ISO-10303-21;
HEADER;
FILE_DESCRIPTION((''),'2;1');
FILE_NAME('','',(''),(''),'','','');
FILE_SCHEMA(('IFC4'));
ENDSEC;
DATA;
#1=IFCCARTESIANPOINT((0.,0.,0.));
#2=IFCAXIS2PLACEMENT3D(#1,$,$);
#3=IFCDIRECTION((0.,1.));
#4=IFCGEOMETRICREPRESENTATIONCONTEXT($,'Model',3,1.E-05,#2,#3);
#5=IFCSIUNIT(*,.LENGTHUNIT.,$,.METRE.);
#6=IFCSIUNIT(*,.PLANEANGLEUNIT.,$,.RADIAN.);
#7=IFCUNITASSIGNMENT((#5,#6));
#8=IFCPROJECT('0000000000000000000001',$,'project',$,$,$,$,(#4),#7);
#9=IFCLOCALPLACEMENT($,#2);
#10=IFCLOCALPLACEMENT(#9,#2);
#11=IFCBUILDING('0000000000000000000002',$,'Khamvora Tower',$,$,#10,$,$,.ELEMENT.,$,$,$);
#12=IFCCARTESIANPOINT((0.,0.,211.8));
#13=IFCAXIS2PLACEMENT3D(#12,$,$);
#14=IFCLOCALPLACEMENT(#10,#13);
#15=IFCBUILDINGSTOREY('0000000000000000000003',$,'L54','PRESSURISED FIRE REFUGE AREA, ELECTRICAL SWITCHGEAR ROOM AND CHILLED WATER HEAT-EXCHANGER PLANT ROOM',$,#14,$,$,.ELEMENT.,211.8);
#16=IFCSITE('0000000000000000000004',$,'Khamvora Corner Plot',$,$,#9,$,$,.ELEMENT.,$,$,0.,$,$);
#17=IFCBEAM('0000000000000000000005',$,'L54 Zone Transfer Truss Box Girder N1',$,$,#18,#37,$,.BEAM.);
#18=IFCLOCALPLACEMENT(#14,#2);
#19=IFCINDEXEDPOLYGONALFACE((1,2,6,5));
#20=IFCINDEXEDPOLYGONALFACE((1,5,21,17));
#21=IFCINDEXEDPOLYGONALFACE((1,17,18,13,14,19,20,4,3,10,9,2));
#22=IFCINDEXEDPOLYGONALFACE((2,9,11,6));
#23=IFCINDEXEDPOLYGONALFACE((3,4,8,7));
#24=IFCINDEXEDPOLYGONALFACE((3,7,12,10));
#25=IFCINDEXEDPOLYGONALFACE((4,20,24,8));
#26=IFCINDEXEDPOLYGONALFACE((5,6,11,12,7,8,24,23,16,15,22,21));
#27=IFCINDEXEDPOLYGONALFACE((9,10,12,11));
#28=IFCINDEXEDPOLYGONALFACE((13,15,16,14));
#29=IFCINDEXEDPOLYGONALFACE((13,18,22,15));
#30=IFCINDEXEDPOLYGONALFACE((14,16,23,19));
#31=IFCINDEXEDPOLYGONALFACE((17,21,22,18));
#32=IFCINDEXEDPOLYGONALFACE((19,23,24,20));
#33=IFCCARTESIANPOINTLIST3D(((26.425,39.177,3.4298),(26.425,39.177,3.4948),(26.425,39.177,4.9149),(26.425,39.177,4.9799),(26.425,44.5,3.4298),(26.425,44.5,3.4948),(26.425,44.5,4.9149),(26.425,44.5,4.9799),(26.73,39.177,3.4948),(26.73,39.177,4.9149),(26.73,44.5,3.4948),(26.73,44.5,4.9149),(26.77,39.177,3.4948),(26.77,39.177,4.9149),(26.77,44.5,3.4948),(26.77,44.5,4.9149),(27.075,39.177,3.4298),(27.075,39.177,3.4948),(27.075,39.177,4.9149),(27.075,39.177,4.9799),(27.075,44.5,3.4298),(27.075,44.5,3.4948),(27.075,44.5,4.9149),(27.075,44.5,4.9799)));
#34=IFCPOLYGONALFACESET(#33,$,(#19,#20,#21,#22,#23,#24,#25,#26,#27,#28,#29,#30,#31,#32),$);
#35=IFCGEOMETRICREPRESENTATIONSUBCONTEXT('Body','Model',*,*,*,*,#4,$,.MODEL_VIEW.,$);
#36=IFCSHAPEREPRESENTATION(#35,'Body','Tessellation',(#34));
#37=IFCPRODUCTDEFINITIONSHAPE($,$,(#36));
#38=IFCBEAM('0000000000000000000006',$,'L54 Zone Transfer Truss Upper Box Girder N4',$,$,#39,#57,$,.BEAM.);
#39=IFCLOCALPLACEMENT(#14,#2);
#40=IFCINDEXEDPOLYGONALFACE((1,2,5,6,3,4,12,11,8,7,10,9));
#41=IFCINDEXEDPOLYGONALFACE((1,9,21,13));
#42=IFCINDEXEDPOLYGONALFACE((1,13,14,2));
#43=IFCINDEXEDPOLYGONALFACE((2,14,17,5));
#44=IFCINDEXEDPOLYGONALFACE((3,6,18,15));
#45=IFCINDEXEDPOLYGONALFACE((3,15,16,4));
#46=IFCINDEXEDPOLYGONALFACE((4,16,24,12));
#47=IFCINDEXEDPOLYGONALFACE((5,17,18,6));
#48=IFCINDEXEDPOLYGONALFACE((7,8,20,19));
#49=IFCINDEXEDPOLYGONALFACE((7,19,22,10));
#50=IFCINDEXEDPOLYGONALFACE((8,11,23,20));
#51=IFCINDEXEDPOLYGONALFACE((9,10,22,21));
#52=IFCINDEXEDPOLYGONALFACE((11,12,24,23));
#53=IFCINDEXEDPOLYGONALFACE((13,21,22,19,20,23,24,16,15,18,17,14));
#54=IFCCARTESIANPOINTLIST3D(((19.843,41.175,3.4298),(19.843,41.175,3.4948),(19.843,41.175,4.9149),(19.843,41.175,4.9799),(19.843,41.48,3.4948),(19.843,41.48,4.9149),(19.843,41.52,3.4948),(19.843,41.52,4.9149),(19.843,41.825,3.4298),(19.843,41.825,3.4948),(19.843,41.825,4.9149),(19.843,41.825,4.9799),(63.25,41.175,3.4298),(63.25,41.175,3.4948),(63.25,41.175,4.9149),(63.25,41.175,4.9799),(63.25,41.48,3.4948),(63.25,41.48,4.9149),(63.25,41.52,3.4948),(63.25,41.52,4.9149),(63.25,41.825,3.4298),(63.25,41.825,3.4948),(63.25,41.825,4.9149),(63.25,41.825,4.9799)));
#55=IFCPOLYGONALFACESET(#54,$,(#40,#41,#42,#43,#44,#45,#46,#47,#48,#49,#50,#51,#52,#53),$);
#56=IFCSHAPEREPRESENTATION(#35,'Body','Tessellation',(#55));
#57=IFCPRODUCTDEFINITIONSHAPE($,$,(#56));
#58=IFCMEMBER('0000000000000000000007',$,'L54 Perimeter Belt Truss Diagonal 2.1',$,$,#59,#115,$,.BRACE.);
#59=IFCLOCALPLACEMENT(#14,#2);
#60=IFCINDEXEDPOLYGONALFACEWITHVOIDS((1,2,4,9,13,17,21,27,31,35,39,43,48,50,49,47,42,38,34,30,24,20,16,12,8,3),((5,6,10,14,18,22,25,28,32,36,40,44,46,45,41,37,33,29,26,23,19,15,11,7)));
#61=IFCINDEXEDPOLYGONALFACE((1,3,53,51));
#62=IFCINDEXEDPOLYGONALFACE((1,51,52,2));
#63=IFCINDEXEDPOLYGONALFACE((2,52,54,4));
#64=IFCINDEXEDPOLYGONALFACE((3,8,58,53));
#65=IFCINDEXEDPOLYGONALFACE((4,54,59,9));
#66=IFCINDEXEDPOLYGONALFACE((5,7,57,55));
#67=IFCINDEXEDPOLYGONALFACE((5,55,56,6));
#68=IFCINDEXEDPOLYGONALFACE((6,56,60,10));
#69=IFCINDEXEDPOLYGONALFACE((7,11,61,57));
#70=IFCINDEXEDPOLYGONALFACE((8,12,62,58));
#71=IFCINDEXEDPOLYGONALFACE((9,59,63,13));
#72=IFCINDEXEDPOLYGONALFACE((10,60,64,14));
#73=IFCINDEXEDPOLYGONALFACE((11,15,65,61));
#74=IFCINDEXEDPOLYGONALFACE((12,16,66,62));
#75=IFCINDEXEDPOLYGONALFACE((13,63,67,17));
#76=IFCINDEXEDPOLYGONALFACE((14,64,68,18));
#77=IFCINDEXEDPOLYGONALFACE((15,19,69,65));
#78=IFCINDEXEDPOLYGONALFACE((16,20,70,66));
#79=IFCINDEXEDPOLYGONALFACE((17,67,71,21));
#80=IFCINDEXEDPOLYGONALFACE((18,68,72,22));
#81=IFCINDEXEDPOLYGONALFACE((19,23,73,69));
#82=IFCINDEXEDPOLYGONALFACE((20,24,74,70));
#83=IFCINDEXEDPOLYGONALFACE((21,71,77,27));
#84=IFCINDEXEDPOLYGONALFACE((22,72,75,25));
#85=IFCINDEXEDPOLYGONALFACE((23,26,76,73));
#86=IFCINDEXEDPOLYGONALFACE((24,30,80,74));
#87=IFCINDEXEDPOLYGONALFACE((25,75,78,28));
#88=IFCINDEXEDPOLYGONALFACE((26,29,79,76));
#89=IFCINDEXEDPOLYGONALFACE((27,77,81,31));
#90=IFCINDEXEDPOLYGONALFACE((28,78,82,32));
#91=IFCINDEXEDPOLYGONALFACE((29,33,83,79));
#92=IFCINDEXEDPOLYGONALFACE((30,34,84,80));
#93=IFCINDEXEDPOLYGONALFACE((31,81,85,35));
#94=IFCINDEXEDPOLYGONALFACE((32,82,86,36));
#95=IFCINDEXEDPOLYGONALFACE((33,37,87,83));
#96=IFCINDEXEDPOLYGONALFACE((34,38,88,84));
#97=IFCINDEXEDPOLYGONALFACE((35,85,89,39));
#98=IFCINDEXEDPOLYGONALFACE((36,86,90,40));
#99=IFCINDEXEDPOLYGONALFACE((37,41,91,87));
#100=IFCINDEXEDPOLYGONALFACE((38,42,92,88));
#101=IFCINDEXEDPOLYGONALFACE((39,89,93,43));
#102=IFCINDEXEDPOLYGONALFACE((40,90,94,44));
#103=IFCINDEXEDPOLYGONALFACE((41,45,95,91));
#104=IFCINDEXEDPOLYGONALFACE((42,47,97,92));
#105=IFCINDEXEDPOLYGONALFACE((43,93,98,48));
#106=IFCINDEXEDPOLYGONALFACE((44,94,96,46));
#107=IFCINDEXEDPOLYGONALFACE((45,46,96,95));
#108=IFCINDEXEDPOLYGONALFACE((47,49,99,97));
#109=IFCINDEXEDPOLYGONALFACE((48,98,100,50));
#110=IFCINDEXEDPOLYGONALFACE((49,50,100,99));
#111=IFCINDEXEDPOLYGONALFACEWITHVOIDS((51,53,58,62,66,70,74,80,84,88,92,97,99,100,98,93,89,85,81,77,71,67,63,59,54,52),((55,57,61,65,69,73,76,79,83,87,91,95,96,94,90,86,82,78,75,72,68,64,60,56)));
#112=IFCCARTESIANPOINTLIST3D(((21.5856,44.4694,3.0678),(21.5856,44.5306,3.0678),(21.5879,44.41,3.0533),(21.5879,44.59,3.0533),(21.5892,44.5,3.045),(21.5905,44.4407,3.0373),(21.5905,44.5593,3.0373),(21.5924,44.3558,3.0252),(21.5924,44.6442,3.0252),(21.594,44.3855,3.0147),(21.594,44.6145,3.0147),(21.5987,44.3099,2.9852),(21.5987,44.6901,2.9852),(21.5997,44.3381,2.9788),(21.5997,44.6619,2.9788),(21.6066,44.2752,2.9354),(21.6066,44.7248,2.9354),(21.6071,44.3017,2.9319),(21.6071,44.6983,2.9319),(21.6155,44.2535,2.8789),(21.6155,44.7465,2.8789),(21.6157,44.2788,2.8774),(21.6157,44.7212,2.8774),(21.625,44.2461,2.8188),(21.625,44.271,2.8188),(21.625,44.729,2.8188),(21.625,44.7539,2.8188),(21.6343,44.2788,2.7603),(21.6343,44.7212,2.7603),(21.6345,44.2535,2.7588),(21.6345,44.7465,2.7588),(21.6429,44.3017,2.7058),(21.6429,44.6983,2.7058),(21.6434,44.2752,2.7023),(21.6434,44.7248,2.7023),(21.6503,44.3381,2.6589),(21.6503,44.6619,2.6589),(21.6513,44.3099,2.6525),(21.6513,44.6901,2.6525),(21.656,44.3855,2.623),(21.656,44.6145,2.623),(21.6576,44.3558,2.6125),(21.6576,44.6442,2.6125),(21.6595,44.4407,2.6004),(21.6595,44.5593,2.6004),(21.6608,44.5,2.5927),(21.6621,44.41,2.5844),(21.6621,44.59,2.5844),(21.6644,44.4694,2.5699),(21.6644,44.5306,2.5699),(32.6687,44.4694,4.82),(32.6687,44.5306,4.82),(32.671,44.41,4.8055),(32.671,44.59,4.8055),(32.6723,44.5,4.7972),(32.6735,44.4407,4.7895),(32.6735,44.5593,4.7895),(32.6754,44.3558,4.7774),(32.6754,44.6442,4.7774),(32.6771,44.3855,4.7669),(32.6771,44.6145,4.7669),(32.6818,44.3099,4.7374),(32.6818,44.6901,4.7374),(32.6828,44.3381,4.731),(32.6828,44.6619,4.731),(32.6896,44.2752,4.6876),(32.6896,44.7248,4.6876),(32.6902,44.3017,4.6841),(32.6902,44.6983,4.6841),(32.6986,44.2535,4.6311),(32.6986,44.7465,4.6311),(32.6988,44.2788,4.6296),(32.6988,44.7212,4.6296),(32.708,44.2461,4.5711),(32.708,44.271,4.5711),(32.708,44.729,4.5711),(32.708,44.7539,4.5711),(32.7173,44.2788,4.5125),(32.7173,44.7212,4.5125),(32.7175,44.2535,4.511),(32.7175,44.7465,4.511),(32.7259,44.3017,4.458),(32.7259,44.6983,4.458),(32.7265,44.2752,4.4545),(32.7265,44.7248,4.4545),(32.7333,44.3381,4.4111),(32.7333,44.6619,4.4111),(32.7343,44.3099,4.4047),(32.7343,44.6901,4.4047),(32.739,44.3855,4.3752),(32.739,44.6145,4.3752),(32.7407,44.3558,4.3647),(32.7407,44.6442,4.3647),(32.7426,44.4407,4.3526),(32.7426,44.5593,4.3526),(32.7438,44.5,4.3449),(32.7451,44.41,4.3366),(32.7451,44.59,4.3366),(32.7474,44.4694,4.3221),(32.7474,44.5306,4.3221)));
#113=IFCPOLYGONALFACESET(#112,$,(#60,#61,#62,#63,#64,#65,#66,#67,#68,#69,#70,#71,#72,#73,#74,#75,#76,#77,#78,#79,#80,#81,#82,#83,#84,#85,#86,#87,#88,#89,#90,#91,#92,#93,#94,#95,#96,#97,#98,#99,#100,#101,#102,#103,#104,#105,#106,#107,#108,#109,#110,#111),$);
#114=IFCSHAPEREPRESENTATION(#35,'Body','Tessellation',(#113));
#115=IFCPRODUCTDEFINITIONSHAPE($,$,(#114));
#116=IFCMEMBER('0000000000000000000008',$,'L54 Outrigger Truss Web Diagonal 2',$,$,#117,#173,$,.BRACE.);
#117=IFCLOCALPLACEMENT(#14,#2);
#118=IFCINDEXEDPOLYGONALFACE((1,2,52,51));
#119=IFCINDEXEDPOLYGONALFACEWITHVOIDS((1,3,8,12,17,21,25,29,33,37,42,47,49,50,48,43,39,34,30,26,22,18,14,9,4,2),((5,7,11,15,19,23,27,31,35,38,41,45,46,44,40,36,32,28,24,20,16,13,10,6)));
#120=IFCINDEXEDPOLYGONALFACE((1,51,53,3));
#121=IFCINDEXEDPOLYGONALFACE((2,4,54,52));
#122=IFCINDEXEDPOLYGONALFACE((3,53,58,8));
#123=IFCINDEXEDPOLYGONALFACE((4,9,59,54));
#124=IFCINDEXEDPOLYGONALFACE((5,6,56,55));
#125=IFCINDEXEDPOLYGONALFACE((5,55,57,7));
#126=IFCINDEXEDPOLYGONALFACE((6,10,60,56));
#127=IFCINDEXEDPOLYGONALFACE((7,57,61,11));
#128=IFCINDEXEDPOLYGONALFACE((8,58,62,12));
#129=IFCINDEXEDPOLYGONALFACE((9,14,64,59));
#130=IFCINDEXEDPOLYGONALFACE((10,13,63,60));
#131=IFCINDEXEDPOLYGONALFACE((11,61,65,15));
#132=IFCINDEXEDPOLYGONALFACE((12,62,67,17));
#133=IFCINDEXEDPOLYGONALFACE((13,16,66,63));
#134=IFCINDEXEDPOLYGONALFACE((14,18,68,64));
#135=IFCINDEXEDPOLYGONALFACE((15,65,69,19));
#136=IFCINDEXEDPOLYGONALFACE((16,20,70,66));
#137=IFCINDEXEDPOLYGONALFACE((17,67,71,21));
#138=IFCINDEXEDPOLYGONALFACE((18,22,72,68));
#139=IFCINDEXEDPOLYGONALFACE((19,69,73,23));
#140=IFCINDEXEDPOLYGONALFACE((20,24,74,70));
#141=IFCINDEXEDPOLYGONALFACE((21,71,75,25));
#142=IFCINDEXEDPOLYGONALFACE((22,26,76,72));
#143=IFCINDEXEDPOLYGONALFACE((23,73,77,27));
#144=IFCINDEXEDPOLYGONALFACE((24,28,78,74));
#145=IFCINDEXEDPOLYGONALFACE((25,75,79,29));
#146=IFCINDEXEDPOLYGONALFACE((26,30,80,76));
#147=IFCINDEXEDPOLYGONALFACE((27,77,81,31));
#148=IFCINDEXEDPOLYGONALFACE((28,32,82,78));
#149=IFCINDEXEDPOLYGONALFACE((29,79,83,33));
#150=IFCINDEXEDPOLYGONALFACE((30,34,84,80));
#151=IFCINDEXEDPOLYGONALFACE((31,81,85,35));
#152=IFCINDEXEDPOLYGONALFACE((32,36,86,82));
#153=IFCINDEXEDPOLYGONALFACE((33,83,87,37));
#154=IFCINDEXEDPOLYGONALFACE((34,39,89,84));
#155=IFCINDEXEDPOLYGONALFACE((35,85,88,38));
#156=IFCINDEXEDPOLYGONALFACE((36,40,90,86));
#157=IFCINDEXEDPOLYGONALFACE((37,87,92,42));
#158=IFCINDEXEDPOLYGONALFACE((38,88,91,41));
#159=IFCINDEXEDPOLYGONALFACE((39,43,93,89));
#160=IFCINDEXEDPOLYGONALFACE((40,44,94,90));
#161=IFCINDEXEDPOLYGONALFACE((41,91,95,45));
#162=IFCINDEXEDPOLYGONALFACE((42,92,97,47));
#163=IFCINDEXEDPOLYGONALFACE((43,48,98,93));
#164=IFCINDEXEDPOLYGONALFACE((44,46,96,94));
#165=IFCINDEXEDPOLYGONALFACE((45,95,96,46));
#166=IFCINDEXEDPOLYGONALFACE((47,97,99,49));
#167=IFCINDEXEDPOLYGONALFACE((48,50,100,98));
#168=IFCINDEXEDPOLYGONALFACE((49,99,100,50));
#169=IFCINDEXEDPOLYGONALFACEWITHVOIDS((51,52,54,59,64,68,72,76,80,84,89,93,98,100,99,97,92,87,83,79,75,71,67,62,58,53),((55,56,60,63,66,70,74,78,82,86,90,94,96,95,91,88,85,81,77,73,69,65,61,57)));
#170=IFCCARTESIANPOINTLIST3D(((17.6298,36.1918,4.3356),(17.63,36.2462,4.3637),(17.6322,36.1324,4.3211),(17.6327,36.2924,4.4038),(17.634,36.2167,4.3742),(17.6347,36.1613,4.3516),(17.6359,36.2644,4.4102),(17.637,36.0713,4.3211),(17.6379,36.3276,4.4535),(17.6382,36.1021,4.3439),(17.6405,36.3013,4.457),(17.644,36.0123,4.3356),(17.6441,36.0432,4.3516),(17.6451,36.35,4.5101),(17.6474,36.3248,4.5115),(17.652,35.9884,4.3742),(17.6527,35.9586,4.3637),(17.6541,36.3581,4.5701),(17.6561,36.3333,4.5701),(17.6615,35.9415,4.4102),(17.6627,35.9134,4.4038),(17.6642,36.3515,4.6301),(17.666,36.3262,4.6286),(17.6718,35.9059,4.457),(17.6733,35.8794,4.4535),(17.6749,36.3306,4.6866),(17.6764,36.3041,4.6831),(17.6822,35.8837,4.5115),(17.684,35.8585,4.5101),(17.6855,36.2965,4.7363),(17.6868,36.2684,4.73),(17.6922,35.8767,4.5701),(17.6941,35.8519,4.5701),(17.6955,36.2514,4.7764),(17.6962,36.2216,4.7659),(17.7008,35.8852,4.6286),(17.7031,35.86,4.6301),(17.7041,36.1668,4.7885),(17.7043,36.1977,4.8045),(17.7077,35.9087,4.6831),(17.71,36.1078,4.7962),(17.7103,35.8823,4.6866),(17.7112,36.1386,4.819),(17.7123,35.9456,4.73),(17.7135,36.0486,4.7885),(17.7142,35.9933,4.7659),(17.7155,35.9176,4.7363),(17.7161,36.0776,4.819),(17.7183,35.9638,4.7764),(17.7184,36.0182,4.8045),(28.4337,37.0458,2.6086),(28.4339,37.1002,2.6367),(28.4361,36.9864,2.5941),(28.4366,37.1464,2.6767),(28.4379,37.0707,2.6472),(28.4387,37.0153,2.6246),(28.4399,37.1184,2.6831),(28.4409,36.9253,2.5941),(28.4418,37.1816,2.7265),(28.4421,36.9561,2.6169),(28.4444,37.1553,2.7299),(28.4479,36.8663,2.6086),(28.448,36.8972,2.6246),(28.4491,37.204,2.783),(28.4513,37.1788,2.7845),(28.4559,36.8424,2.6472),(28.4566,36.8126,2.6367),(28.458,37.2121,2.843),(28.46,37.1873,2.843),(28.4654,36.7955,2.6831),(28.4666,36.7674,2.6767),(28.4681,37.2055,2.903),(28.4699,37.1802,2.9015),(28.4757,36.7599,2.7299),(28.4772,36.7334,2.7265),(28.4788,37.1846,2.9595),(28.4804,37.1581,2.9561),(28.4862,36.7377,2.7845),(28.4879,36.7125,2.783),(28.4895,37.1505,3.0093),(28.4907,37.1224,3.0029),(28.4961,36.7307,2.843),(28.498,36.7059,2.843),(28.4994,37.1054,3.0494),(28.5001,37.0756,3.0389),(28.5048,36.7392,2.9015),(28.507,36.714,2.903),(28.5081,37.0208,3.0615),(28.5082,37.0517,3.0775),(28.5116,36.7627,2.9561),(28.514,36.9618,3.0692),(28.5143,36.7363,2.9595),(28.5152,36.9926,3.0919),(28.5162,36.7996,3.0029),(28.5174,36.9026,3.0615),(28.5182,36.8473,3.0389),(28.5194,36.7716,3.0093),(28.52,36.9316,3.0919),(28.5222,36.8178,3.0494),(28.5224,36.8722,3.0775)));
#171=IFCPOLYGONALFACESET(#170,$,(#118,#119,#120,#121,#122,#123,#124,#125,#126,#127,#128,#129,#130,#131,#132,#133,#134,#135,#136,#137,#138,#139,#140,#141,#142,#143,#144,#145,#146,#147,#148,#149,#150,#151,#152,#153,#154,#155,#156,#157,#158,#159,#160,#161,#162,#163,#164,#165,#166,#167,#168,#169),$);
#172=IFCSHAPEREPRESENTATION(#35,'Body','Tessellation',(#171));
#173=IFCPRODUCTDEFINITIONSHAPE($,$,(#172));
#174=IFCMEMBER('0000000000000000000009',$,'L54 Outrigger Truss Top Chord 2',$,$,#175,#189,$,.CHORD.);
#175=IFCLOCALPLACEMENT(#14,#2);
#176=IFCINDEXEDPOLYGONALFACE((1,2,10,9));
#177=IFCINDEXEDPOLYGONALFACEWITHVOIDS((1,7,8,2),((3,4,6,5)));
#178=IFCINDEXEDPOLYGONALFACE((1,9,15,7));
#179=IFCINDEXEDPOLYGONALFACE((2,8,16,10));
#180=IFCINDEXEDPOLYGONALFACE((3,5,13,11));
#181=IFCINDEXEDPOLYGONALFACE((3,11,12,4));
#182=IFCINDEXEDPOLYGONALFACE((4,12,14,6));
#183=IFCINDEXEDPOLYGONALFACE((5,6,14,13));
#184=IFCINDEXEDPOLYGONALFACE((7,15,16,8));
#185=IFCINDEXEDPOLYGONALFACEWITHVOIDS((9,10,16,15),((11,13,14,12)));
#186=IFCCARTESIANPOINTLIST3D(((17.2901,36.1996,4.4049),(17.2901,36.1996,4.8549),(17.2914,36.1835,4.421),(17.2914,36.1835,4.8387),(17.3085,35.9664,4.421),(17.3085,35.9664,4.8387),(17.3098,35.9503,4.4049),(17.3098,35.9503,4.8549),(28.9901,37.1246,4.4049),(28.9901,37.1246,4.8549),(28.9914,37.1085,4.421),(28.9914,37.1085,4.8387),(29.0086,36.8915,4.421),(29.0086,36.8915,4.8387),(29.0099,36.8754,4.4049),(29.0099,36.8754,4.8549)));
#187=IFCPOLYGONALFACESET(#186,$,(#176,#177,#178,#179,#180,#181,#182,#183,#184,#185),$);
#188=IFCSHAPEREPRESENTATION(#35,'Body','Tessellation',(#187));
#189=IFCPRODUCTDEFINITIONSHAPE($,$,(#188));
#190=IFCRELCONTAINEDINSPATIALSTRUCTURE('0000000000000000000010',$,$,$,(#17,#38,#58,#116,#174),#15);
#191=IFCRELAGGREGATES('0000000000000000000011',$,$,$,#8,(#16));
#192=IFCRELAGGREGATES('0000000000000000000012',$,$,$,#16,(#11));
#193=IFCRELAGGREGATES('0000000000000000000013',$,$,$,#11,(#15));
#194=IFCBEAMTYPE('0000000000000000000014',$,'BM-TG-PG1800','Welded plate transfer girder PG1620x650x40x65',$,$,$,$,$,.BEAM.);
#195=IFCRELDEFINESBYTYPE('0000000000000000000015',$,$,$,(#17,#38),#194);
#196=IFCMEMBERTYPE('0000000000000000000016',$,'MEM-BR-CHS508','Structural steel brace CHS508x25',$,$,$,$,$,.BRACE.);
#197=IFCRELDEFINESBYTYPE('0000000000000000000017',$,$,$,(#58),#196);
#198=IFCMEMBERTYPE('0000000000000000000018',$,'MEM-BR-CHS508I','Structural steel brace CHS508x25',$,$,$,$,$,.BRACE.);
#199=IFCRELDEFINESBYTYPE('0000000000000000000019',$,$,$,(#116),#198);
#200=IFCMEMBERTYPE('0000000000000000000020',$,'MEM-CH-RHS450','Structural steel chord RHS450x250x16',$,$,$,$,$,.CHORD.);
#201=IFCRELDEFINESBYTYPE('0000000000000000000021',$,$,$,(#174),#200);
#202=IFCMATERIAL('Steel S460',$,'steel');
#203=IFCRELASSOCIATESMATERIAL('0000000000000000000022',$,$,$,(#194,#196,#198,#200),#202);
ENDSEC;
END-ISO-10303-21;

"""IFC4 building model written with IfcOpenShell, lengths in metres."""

from ifc_helpers import new_model, si_unit, direction, frame, origin, origin_2d, place, context, subcontext, project, spatial, hollow_rectangle, hollow_circle, i_section, extrude, material, material_profile, profile_set, type_object, element, save


model = new_model("IFC4")

# Units and contexts
model_context = context("Model", 3, precision=1e-05, world=origin(), true_north=direction((0.0, 1.0)))
body_context = subcontext(model_context, "Body", "Model", "MODEL_VIEW")
ifc_project = project(units=[si_unit("LENGTHUNIT", "METRE"), si_unit("PLANEANGLEUNIT", "RADIAN")], contexts=[model_context])

# Site, building, storey
site_placement = place(None, origin())
site = spatial("IfcSite", under=ifc_project, at=site_placement, Name="Khamvora Corner Plot", CompositionType="ELEMENT", RefElevation=0.0)
building_placement = place(site_placement, origin())
building = spatial("IfcBuilding", under=site, at=building_placement, Name="Khamvora Tower", CompositionType="ELEMENT")
storey_placement = place(building_placement, frame((0.0, 0.0, 211.8)))
storey = spatial("IfcBuildingStorey", under=building, at=storey_placement, Name="L54", Description="PRESSURISED FIRE REFUGE AREA, ELECTRICAL SWITCHGEAR ROOM AND CHILLED WATER HEAT-EXCHANGER PLANT ROOM", CompositionType="ELEMENT", Elevation=211.8)

# Shared definitions
ifc_material_1 = material(Name="Steel S460", Category="steel")

# Beams
ifc_material_profile_1 = material_profile(ifc_material_1, i_section(OverallWidth=0.6499, OverallDepth=1.55, WebThickness=0.04, FlangeThickness=0.0649, at=origin_2d()), Name="PG1550x650x40x65")
ifc_profile_set_1 = profile_set([ifc_material_profile_1], Name="Steel S460")
beam_type_1 = type_object("IfcBeamType", Name="BM-TG-PG1800", Description="Welded plate transfer girder PG1620x650x40x65", PredefinedType="BEAM", material=ifc_profile_set_1)
beam_1_placement = place(storey_placement, frame((26.75, 39.177, 4.2048), z_axis=(0.0, 1.0, 0.0), x_axis=(-1.0, 0.0, 0.0)))
element("IfcBeam", 1, at=beam_1_placement, inside=storey, type_object=beam_type_1, Name="L54 Zone Transfer Truss Box Girder N1", PredefinedType="BEAM", context=body_context, shape_type="SweptSolid", body=[
    extrude(i_section(OverallWidth=0.6499, OverallDepth=1.55, WebThickness=0.04, FlangeThickness=0.0649, at=origin_2d()), origin(), (0.0, 0.0, 1.0), 5.323),
])
beam_2_placement = place(storey_placement, frame((19.843, 41.5, 4.2048), z_axis=(1.0, 0.0, 0.0), x_axis=(0.0, 1.0, 0.0)))
element("IfcBeam", 2, at=beam_2_placement, inside=storey, type_object=beam_type_1, Name="L54 Zone Transfer Truss Upper Box Girder N4", PredefinedType="BEAM", context=body_context, shape_type="SweptSolid", body=[
    extrude(i_section(OverallWidth=0.6499, OverallDepth=1.55, WebThickness=0.04, FlangeThickness=0.0649, at=origin_2d()), origin(), (0.0, 0.0, 1.0), 43.407),
])

# Members
ifc_material_profile_2 = material_profile(ifc_material_1, hollow_circle(Radius=0.2539, WallThickness=0.0249, at=origin_2d()), Name="CHS508x25")
ifc_profile_set_2 = profile_set([ifc_material_profile_2], Name="Steel S460")
member_type_1 = type_object("IfcMemberType", Name="MEM-BR-CHS508", Description="Structural steel brace CHS508x25", PredefinedType="BRACE", material=ifc_profile_set_2)
member_1_placement = place(storey_placement, frame((21.625, 44.5, 2.8188), z_axis=(0.987732, 0.0, 0.156158), x_axis=(0.0, 1.0, 0.0)))
element("IfcMember", 3, at=member_1_placement, inside=storey, type_object=member_type_1, Name="L54 Perimeter Belt Truss Diagonal 2.1", PredefinedType="BRACE", context=body_context, shape_type="SweptSolid", body=[
    extrude(hollow_circle(Radius=0.2539, WallThickness=0.0249, at=origin_2d()), origin(), (0.0, 0.0, 1.0), 11.2207),
])
ifc_material_profile_3 = material_profile(ifc_material_1, hollow_circle(Radius=0.2539, WallThickness=0.0249, at=origin_2d()), Name="CHS508x25")
ifc_profile_set_3 = profile_set([ifc_material_profile_3], Name="Steel S460")
member_type_2 = type_object("IfcMemberType", Name="MEM-BR-CHS508I", Description="Structural steel brace CHS508x25", PredefinedType="BRACE", material=ifc_profile_set_3)
member_2_placement = place(storey_placement, frame((28.478, 36.959, 2.843), z_axis=(-0.984469, -0.077818, 0.157371), x_axis=(0.0788, -0.99689, 0.0)))
element("IfcMember", 4, at=member_2_placement, inside=storey, type_object=member_type_2, Name="L54 Outrigger Truss Web Diagonal 2", PredefinedType="BRACE", context=body_context, shape_type="SweptSolid", body=[
    extrude(hollow_circle(Radius=0.2539, WallThickness=0.0249, at=origin_2d()), origin(), (0.0, 0.0, 1.0), 10.9744),
])
ifc_material_profile_4 = material_profile(ifc_material_1, hollow_rectangle(XDim=0.25, YDim=0.45, WallThickness=0.0161, at=origin_2d()), Name="RHS450x250x16")
ifc_profile_set_4 = profile_set([ifc_material_profile_4], Name="Steel S460")
member_type_3 = type_object("IfcMemberType", Name="MEM-CH-RHS450", Description="Structural steel chord RHS450x250x16", PredefinedType="CHORD", material=ifc_profile_set_4)
for number, where, z_axis, x_axis, name in (
    (5, (29.0, 37.0, 4.6299), (-0.996889, -0.078818, 0.0), (0.078818, -0.996889, 0.0), "L54 Outrigger Truss Top Chord 2"),
):
    element("IfcMember", number, at=place(storey_placement, frame(where, z_axis=z_axis, x_axis=x_axis)), inside=storey, type_object=member_type_3, Name=name, PredefinedType="CHORD", context=body_context, shape_type="SweptSolid", body=[
        extrude(hollow_rectangle(XDim=0.25, YDim=0.45, WallThickness=0.0161, at=origin_2d()), origin(), (0.0, 0.0, 1.0), 11.7366),
    ])

save(model, "model.ifc")
